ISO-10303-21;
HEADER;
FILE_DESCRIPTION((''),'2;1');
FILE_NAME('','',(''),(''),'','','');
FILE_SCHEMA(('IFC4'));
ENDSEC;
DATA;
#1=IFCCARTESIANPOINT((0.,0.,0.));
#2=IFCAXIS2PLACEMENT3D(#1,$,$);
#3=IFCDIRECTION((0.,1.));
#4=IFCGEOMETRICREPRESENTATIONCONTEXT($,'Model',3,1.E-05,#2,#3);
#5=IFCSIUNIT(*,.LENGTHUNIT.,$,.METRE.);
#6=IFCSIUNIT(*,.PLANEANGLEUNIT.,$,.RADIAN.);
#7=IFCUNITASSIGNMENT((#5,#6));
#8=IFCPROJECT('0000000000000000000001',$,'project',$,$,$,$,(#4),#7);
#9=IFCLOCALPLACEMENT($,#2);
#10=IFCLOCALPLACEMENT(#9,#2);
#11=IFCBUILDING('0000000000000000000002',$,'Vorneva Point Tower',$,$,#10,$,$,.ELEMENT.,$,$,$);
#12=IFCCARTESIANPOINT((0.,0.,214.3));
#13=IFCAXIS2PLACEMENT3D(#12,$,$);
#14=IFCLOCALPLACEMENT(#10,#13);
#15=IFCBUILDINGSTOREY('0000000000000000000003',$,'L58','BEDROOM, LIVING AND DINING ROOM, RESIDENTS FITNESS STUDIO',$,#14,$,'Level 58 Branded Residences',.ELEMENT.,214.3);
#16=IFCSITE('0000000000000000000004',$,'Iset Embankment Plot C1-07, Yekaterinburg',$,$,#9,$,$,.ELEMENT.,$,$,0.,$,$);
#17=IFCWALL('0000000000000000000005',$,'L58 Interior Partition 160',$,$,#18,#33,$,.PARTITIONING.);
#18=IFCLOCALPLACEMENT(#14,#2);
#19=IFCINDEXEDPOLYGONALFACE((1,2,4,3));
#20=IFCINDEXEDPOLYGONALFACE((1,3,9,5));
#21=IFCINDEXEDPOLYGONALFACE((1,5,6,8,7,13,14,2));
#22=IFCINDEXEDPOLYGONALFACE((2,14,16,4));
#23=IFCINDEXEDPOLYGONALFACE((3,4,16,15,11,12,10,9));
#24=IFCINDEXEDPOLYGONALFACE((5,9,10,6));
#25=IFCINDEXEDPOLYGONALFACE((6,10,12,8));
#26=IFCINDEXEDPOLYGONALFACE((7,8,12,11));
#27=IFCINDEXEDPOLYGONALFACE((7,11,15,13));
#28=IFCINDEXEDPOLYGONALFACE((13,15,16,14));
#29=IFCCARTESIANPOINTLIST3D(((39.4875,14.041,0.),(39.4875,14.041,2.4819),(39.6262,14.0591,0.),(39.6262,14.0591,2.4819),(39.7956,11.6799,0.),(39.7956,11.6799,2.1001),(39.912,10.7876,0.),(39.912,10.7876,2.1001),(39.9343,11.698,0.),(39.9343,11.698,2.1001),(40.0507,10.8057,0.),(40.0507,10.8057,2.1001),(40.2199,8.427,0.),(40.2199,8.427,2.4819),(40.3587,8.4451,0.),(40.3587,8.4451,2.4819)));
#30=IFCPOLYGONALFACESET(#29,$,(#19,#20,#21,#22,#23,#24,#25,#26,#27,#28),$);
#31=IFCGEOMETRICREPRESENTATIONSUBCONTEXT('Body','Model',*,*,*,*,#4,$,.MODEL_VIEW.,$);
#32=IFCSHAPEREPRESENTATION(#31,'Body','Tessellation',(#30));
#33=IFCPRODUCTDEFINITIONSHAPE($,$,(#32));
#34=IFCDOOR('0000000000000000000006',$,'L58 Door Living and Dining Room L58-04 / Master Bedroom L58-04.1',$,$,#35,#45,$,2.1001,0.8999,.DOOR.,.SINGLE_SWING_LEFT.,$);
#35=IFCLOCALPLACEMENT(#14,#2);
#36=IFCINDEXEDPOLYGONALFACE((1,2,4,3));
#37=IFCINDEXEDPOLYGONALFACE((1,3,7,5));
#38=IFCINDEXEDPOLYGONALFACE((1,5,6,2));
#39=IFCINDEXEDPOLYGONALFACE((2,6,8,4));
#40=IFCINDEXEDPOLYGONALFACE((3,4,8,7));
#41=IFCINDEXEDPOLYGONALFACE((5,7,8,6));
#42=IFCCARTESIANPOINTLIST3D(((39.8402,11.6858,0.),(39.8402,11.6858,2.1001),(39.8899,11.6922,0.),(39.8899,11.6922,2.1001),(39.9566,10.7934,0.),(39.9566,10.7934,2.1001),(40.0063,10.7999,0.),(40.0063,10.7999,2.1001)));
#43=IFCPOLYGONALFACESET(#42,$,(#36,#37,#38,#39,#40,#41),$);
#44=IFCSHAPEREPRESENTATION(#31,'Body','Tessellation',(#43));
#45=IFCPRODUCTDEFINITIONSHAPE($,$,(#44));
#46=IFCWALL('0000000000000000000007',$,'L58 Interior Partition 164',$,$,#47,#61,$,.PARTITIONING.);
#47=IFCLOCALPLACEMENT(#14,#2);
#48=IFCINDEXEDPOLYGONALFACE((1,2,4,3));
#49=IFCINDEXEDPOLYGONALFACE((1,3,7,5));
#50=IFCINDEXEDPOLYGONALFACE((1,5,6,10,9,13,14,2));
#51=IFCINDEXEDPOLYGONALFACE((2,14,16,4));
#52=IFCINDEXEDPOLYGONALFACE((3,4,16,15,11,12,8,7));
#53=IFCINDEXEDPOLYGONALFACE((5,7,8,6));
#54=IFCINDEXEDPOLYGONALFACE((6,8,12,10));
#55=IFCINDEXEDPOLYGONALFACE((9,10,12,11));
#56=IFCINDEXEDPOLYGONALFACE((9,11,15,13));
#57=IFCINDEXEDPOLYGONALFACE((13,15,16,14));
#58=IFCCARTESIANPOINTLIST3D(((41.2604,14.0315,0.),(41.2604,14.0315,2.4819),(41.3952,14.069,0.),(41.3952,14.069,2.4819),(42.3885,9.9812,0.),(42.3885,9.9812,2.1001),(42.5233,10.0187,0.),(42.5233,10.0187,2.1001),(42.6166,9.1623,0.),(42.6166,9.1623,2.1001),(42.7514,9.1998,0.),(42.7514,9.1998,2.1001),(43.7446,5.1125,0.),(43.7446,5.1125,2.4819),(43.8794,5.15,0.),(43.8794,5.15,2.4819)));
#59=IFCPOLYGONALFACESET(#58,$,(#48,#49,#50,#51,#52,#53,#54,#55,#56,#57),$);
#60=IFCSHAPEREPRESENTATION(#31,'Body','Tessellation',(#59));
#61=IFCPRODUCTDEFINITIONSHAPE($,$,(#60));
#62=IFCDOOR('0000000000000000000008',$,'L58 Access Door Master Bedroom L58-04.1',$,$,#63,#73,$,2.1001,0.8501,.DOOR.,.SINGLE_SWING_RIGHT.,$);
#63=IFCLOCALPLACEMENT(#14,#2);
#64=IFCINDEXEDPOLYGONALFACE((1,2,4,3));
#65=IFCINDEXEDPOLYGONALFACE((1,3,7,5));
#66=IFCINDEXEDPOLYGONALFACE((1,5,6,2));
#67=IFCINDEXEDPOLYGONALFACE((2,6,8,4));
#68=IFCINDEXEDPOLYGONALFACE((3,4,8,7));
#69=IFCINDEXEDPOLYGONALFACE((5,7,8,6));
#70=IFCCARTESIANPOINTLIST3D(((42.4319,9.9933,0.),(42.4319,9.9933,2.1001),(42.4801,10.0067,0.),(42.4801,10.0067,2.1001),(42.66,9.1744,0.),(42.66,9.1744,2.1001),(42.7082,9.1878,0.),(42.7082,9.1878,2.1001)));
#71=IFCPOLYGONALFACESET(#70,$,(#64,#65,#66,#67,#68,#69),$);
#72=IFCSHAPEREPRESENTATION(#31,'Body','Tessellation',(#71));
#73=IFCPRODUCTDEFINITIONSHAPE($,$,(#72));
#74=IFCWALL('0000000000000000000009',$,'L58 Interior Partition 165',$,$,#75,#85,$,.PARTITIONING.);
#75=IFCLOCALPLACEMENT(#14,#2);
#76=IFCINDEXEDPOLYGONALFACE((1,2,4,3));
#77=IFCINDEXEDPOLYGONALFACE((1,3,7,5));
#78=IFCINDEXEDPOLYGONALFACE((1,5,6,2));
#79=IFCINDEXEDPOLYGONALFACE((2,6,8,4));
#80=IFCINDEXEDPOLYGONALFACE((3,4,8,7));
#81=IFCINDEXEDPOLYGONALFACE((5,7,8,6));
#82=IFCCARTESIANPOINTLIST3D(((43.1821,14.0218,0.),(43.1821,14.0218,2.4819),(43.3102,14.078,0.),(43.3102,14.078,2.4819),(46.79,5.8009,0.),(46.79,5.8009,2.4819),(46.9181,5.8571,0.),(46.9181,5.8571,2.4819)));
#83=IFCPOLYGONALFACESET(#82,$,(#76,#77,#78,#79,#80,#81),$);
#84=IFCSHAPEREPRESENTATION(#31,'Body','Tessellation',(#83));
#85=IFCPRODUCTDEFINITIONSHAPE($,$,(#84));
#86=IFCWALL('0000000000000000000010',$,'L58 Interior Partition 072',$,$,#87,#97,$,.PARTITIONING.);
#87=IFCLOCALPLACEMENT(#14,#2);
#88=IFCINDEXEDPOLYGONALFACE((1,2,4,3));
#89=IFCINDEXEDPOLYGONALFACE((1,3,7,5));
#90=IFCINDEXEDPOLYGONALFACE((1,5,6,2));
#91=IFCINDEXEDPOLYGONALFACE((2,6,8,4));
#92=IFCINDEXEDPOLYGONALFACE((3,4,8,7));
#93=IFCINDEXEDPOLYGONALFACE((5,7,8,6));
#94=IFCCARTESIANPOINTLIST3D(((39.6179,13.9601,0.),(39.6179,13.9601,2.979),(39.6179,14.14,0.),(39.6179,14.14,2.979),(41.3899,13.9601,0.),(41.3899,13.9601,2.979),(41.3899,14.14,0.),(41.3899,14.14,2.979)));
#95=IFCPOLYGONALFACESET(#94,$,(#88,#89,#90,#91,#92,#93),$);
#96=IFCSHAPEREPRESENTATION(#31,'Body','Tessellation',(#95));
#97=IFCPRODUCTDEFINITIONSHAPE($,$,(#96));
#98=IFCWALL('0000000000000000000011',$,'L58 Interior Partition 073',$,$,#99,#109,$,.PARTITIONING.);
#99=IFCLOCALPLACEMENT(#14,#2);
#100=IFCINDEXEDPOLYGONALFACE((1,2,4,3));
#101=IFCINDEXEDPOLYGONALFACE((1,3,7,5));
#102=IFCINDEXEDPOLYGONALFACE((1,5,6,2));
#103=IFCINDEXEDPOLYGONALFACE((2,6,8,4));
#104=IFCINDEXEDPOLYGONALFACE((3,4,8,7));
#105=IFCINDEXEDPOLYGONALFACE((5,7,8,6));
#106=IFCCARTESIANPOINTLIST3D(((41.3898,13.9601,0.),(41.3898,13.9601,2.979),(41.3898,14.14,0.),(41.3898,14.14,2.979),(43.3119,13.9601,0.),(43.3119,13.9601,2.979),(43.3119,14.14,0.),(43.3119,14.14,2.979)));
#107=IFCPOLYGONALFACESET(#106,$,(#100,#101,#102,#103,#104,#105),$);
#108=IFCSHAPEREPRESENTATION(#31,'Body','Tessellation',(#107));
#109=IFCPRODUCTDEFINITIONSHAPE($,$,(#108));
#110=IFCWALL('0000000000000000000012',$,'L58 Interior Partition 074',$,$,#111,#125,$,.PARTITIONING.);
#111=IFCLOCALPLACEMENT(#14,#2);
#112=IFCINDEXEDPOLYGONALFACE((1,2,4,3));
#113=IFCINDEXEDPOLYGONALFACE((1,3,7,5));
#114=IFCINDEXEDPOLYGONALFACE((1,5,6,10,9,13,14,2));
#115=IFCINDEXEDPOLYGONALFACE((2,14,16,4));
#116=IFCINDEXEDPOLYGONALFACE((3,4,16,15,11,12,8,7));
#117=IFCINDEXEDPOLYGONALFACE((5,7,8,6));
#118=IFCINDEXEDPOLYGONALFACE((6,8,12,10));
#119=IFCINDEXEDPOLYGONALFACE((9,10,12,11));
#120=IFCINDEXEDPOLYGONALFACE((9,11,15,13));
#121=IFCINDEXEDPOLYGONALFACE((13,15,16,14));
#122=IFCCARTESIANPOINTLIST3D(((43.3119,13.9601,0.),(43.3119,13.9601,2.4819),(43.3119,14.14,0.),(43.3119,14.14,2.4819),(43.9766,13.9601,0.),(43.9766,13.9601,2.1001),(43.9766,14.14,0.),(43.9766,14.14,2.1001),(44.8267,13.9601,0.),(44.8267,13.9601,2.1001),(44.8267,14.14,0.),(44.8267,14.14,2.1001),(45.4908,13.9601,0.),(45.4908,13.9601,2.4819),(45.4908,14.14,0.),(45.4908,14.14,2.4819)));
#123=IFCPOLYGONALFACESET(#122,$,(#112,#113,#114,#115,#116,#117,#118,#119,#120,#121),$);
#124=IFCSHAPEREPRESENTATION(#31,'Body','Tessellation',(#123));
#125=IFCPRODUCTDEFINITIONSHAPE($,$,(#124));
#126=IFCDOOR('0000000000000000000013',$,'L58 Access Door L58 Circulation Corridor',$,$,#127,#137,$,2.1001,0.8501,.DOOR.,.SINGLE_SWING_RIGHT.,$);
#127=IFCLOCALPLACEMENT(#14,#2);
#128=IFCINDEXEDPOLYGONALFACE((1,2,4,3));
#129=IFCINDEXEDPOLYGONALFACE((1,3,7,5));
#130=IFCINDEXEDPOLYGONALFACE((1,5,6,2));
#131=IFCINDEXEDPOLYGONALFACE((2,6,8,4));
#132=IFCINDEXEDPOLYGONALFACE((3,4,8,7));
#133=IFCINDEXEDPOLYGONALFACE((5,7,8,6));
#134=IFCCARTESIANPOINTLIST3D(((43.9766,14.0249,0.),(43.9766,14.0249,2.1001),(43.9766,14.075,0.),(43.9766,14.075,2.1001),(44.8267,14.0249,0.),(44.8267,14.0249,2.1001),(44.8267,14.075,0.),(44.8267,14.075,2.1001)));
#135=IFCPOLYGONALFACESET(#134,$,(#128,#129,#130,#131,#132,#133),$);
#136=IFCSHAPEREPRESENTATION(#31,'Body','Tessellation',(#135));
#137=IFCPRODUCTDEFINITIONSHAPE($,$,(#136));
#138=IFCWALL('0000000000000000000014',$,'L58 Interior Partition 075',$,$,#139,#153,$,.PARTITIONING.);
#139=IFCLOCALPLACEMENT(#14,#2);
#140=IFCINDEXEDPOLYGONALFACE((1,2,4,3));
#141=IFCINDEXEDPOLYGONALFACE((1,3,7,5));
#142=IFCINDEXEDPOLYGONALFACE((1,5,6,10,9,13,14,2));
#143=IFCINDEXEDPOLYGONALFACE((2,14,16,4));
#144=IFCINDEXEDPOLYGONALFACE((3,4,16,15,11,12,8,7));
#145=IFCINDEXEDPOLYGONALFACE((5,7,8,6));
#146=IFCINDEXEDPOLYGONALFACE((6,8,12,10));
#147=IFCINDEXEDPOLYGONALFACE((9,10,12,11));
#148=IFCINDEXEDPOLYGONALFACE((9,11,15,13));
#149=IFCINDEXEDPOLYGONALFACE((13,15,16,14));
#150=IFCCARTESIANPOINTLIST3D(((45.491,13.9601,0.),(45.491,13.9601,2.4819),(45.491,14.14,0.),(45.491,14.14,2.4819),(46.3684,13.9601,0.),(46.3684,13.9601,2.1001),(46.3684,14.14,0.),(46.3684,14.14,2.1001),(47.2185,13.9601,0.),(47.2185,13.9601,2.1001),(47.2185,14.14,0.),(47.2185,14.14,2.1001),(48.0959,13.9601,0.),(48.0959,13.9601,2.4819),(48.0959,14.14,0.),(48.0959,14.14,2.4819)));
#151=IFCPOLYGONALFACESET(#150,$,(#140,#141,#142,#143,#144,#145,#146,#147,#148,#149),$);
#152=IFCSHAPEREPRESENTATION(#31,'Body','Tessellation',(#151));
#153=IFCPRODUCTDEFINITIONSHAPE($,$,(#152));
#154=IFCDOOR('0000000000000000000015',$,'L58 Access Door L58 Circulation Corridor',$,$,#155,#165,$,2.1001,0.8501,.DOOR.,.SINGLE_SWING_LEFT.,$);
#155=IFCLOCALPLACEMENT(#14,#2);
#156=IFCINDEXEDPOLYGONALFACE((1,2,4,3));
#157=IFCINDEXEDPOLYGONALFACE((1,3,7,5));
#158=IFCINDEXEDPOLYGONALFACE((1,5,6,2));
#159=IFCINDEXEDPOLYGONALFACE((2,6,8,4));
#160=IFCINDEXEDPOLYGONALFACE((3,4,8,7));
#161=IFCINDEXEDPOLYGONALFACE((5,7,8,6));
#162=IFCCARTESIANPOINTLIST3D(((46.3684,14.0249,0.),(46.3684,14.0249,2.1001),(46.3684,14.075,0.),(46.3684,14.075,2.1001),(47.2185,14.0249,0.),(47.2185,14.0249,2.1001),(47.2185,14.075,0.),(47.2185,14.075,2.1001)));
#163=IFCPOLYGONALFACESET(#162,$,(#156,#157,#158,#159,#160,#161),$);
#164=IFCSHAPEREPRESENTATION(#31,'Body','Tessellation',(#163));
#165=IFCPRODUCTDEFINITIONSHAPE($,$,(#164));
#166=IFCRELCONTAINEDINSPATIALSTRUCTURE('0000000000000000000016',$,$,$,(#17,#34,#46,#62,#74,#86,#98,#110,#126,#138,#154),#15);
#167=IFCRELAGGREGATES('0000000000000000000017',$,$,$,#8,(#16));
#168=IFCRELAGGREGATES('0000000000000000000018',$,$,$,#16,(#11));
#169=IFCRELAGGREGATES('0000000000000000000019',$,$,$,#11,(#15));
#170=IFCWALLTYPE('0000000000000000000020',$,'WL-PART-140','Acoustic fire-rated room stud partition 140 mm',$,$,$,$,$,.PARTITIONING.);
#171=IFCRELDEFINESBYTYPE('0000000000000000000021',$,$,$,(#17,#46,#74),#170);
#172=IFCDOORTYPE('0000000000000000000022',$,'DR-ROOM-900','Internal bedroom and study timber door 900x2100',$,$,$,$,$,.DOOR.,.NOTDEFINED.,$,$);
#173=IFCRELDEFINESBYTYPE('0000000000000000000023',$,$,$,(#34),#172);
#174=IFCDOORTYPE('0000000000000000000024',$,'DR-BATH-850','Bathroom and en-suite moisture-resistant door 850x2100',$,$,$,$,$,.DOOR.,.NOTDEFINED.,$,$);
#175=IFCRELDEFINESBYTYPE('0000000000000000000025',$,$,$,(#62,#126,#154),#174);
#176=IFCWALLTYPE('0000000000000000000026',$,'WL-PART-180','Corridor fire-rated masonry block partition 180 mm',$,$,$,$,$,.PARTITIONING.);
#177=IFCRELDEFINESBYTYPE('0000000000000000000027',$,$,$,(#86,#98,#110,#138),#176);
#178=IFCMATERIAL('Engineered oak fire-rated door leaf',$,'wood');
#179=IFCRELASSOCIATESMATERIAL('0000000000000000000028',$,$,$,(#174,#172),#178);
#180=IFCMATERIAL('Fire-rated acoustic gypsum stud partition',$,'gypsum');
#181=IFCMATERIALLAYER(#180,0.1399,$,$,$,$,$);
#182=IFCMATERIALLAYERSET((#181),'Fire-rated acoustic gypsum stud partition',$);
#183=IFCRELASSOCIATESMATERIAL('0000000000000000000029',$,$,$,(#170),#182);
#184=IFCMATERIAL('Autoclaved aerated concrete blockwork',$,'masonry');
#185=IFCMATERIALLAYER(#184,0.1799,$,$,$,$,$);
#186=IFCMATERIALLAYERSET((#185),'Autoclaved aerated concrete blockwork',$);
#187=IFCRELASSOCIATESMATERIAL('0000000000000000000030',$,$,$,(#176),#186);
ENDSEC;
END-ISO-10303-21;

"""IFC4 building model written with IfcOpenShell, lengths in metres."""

from ifc_helpers import new_model, si_unit, direction, frame, frame_2d, origin, place, context, subcontext, project, spatial, rectangle, extrude, material, layer, layer_set, type_object, element, fill, save


model = new_model("IFC4")

# Units and contexts
model_context = context("Model", 3, precision=1e-05, world=origin(), true_north=direction((0.0, 1.0)))
body_context = subcontext(model_context, "Body", "Model", "MODEL_VIEW")
ifc_project = project(units=[si_unit("LENGTHUNIT", "METRE"), si_unit("PLANEANGLEUNIT", "RADIAN")], contexts=[model_context])

# Site, building, storey
site_placement = place(None, origin())
site = spatial("IfcSite", under=ifc_project, at=site_placement, Name="Iset Embankment Plot C1-07, Yekaterinburg", CompositionType="ELEMENT", RefElevation=0.0)
building_placement = place(site_placement, origin())
building = spatial("IfcBuilding", under=site, at=building_placement, Name="Vorneva Point Tower", CompositionType="ELEMENT")
storey_placement = place(building_placement, frame((0.0, 0.0, 214.3)))
storey = spatial("IfcBuildingStorey", under=building, at=storey_placement, Name="L58", Description="BEDROOM, LIVING AND DINING ROOM, RESIDENTS FITNESS STUDIO", LongName="Level 58 Branded Residences", CompositionType="ELEMENT", Elevation=214.3)

# Shared definitions
ifc_material_1 = material(Name="Fire-rated acoustic gypsum stud partition", Category="gypsum")

# Shared definitions
ifc_material_2 = material(Name="Engineered oak fire-rated door leaf", Category="wood")
door_type_1 = type_object("IfcDoorType", Name="DR-BATH-850", Description="Bathroom and en-suite moisture-resistant door 850x2100", OperationType="NOTDEFINED", PredefinedType="DOOR", material=ifc_material_2)

# Shared definitions
ifc_layer_1 = layer(ifc_material_1, 0.1399)
ifc_layer_set_1 = layer_set([ifc_layer_1], Name="Fire-rated acoustic gypsum stud partition")
wall_type_1 = type_object("IfcWallType", Name="WL-PART-140", Description="Acoustic fire-rated room stud partition 140 mm", PredefinedType="PARTITIONING", material=ifc_layer_set_1)

# Walls, openings, doors
wall_1_placement = place(storey_placement, frame((40.2893, 8.436, 0.0), z_axis=(0.0, 0.0, 1.0), x_axis=(-0.129367, 0.991597, 0.0)))
wall_1 = element("IfcWall", 1, at=wall_1_placement, inside=storey, type_object=wall_type_1, Name="L58 Interior Partition 160", PredefinedType="PARTITIONING", context=body_context, shape_type="SweptSolid", body=[
    extrude(rectangle(XDim=5.6616, YDim=0.1399, at=frame_2d((2.8308, 0.0))), origin(), (0.0, 0.0, 1.0), 2.4819),
])
opening_1_placement = place(wall_1_placement, frame((2.3806, 0.0, 0.0)))
opening_1 = element("IfcOpeningElement", 2, at=opening_1_placement, cuts=wall_1, PredefinedType="OPENING", context=body_context, shape_type="SweptSolid", body=[
    extrude(rectangle(XDim=0.8999, YDim=2.1001, at=frame_2d((0.45, 1.05))), frame((0.0, 0.085, 0.0), z_axis=(0.0, -1.0, 0.0), x_axis=(1.0, 0.0, 0.0)), (0.0, 0.0, 1.0), 0.1697),
])
door_type_2 = type_object("IfcDoorType", Name="DR-ROOM-900", Description="Internal bedroom and study timber door 900x2100", OperationType="NOTDEFINED", PredefinedType="DOOR", material=ifc_material_2)
door_1_placement = place(opening_1_placement, origin())
door_1 = element("IfcDoor", 3, at=door_1_placement, inside=storey, type_object=door_type_2, Name="L58 Door Living and Dining Room L58-04 / Master Bedroom L58-04.1", OperationType="SINGLE_SWING_LEFT", OverallHeight=2.1001, OverallWidth=0.8999, PredefinedType="DOOR", context=body_context, shape_type="SweptSolid", body=[
    extrude(rectangle(XDim=0.8999, YDim=2.1001, at=frame_2d((0.45, 1.05))), frame((0.0, 0.0249, 0.0), z_axis=(0.0, -1.0, 0.0), x_axis=(1.0, 0.0, 0.0)), (0.0, 0.0, 1.0), 0.05),
])
fill(opening_1, door_1)
wall_2_placement = place(storey_placement, frame((43.812, 5.1311, 0.0), z_axis=(0.0, 0.0, 1.0), x_axis=(-0.26831, 0.963333, 0.0)))
wall_2 = element("IfcWall", 4, at=wall_2_placement, inside=storey, type_object=wall_type_1, Name="L58 Interior Partition 164", PredefinedType="PARTITIONING", context=body_context, shape_type="SweptSolid", body=[
    extrude(rectangle(XDim=9.2585, YDim=0.1399, at=frame_2d((4.6294, 0.0))), origin(), (0.0, 0.0, 1.0), 2.4819),
])
opening_2_placement = place(wall_2_placement, frame((4.2041, 0.0, 0.0)))
opening_2 = element("IfcOpeningElement", 5, at=opening_2_placement, cuts=wall_2, PredefinedType="OPENING", context=body_context, shape_type="SweptSolid", body=[
    extrude(rectangle(XDim=0.8501, YDim=2.1001, at=frame_2d((0.425, 1.05))), frame((0.0, 0.085, 0.0), z_axis=(0.0, -1.0, 0.0), x_axis=(1.0, 0.0, 0.0)), (0.0, 0.0, 1.0), 0.1697),
])
door_2_placement = place(opening_2_placement, origin())
door_2 = element("IfcDoor", 6, at=door_2_placement, inside=storey, type_object=door_type_1, Name="L58 Access Door Master Bedroom L58-04.1", OperationType="SINGLE_SWING_RIGHT", OverallHeight=2.1001, OverallWidth=0.8501, PredefinedType="DOOR", context=body_context, shape_type="SweptSolid", body=[
    extrude(rectangle(XDim=0.8501, YDim=2.1001, at=frame_2d((0.425, 1.05))), frame((0.0, 0.0249, 0.0), z_axis=(0.0, -1.0, 0.0), x_axis=(1.0, 0.0, 0.0)), (0.0, 0.0, 1.0), 0.05),
])
fill(opening_2, door_2)

# Walls
wall_3_placement = place(storey_placement, frame((46.854, 5.8291, 0.0), z_axis=(0.0, 0.0, 1.0), x_axis=(-0.40187, 0.915697, 0.0)))
element("IfcWall", 7, at=wall_3_placement, inside=storey, type_object=wall_type_1, Name="L58 Interior Partition 165", PredefinedType="PARTITIONING", context=body_context, shape_type="SweptSolid", body=[
    extrude(rectangle(XDim=8.9778, YDim=0.1399, at=frame_2d((4.4888, 0.0))), origin(), (0.0, 0.0, 1.0), 2.4819),
])
ifc_material_3 = material(Name="Autoclaved aerated concrete blockwork", Category="masonry")
ifc_layer_2 = layer(ifc_material_3, 0.1799)
ifc_layer_set_2 = layer_set([ifc_layer_2], Name="Autoclaved aerated concrete blockwork")
wall_type_2 = type_object("IfcWallType", Name="WL-PART-180", Description="Corridor fire-rated masonry block partition 180 mm", PredefinedType="PARTITIONING", material=ifc_layer_set_2)
wall_4_placement = place(storey_placement, frame((39.6179, 14.05, 0.0), z_axis=(0.0, 0.0, 1.0), x_axis=(1.0, 0.0, 0.0)))
element("IfcWall", 8, at=wall_4_placement, inside=storey, type_object=wall_type_2, Name="L58 Interior Partition 072", PredefinedType="PARTITIONING", context=body_context, shape_type="SweptSolid", body=[
    extrude(rectangle(XDim=1.772, YDim=0.1799, at=frame_2d((0.886, 0.0))), origin(), (0.0, 0.0, 1.0), 2.979),
])
wall_5_placement = place(storey_placement, frame((41.3899, 14.05, 0.0), z_axis=(0.0, 0.0, 1.0), x_axis=(1.0, 0.0, 0.0)))
element("IfcWall", 9, at=wall_5_placement, inside=storey, type_object=wall_type_2, Name="L58 Interior Partition 073", PredefinedType="PARTITIONING", context=body_context, shape_type="SweptSolid", body=[
    extrude(rectangle(XDim=1.9221, YDim=0.1799, at=frame_2d((0.9609, 0.0))), origin(), (0.0, 0.0, 1.0), 2.979),
])

# Walls, openings, doors
wall_6_placement = place(storey_placement, frame((43.312, 14.05, 0.0), z_axis=(0.0, 0.0, 1.0), x_axis=(1.0, 0.0, 0.0)))
wall_6 = element("IfcWall", 10, at=wall_6_placement, inside=storey, type_object=wall_type_2, Name="L58 Interior Partition 074", PredefinedType="PARTITIONING", context=body_context, shape_type="SweptSolid", body=[
    extrude(rectangle(XDim=2.179, YDim=0.1799, at=frame_2d((1.0894, 0.0))), origin(), (0.0, 0.0, 1.0), 2.4819),
])
opening_3_placement = place(wall_6_placement, frame((0.6646, 0.0, 0.0)))
opening_3 = element("IfcOpeningElement", 11, at=opening_3_placement, cuts=wall_6, PredefinedType="OPENING", context=body_context, shape_type="SweptSolid", body=[
    extrude(rectangle(XDim=0.8501, YDim=2.1001, at=frame_2d((0.425, 1.05))), frame((0.0, 0.105, 0.0), z_axis=(0.0, -1.0, 0.0), x_axis=(1.0, 0.0, 0.0)), (0.0, 0.0, 1.0), 0.2097),
])
door_3_placement = place(opening_3_placement, origin())
door_3 = element("IfcDoor", 12, at=door_3_placement, inside=storey, type_object=door_type_1, Name="L58 Access Door L58 Circulation Corridor", OperationType="SINGLE_SWING_RIGHT", OverallHeight=2.1001, OverallWidth=0.8501, PredefinedType="DOOR", context=body_context, shape_type="SweptSolid", body=[
    extrude(rectangle(XDim=0.8501, YDim=2.1001, at=frame_2d((0.425, 1.05))), frame((0.0, 0.0249, 0.0), z_axis=(0.0, -1.0, 0.0), x_axis=(1.0, 0.0, 0.0)), (0.0, 0.0, 1.0), 0.05),
])
fill(opening_3, door_3)
wall_7_placement = place(storey_placement, frame((45.491, 14.05, 0.0), z_axis=(0.0, 0.0, 1.0), x_axis=(1.0, 0.0, 0.0)))
wall_7 = element("IfcWall", 13, at=wall_7_placement, inside=storey, type_object=wall_type_2, Name="L58 Interior Partition 075", PredefinedType="PARTITIONING", context=body_context, shape_type="SweptSolid", body=[
    extrude(rectangle(XDim=2.605, YDim=0.1799, at=frame_2d((1.3025, 0.0))), origin(), (0.0, 0.0, 1.0), 2.4819),
])
opening_4_placement = place(wall_7_placement, frame((0.8774, 0.0, 0.0)))
opening_4 = element("IfcOpeningElement", 14, at=opening_4_placement, cuts=wall_7, PredefinedType="OPENING", context=body_context, shape_type="SweptSolid", body=[
    extrude(rectangle(XDim=0.8501, YDim=2.1001, at=frame_2d((0.425, 1.05))), frame((0.0, 0.105, 0.0), z_axis=(0.0, -1.0, 0.0), x_axis=(1.0, 0.0, 0.0)), (0.0, 0.0, 1.0), 0.2097),
])
door_4_placement = place(opening_4_placement, origin())
door_4 = element("IfcDoor", 15, at=door_4_placement, inside=storey, type_object=door_type_1, Name="L58 Access Door L58 Circulation Corridor", OperationType="SINGLE_SWING_LEFT", OverallHeight=2.1001, OverallWidth=0.8501, PredefinedType="DOOR", context=body_context, shape_type="SweptSolid", body=[
    extrude(rectangle(XDim=0.8501, YDim=2.1001, at=frame_2d((0.425, 1.05))), frame((0.0, 0.0249, 0.0), z_axis=(0.0, -1.0, 0.0), x_axis=(1.0, 0.0, 0.0)), (0.0, 0.0, 1.0), 0.05),
])
fill(opening_4, door_4)

save(model, "model.ifc")
